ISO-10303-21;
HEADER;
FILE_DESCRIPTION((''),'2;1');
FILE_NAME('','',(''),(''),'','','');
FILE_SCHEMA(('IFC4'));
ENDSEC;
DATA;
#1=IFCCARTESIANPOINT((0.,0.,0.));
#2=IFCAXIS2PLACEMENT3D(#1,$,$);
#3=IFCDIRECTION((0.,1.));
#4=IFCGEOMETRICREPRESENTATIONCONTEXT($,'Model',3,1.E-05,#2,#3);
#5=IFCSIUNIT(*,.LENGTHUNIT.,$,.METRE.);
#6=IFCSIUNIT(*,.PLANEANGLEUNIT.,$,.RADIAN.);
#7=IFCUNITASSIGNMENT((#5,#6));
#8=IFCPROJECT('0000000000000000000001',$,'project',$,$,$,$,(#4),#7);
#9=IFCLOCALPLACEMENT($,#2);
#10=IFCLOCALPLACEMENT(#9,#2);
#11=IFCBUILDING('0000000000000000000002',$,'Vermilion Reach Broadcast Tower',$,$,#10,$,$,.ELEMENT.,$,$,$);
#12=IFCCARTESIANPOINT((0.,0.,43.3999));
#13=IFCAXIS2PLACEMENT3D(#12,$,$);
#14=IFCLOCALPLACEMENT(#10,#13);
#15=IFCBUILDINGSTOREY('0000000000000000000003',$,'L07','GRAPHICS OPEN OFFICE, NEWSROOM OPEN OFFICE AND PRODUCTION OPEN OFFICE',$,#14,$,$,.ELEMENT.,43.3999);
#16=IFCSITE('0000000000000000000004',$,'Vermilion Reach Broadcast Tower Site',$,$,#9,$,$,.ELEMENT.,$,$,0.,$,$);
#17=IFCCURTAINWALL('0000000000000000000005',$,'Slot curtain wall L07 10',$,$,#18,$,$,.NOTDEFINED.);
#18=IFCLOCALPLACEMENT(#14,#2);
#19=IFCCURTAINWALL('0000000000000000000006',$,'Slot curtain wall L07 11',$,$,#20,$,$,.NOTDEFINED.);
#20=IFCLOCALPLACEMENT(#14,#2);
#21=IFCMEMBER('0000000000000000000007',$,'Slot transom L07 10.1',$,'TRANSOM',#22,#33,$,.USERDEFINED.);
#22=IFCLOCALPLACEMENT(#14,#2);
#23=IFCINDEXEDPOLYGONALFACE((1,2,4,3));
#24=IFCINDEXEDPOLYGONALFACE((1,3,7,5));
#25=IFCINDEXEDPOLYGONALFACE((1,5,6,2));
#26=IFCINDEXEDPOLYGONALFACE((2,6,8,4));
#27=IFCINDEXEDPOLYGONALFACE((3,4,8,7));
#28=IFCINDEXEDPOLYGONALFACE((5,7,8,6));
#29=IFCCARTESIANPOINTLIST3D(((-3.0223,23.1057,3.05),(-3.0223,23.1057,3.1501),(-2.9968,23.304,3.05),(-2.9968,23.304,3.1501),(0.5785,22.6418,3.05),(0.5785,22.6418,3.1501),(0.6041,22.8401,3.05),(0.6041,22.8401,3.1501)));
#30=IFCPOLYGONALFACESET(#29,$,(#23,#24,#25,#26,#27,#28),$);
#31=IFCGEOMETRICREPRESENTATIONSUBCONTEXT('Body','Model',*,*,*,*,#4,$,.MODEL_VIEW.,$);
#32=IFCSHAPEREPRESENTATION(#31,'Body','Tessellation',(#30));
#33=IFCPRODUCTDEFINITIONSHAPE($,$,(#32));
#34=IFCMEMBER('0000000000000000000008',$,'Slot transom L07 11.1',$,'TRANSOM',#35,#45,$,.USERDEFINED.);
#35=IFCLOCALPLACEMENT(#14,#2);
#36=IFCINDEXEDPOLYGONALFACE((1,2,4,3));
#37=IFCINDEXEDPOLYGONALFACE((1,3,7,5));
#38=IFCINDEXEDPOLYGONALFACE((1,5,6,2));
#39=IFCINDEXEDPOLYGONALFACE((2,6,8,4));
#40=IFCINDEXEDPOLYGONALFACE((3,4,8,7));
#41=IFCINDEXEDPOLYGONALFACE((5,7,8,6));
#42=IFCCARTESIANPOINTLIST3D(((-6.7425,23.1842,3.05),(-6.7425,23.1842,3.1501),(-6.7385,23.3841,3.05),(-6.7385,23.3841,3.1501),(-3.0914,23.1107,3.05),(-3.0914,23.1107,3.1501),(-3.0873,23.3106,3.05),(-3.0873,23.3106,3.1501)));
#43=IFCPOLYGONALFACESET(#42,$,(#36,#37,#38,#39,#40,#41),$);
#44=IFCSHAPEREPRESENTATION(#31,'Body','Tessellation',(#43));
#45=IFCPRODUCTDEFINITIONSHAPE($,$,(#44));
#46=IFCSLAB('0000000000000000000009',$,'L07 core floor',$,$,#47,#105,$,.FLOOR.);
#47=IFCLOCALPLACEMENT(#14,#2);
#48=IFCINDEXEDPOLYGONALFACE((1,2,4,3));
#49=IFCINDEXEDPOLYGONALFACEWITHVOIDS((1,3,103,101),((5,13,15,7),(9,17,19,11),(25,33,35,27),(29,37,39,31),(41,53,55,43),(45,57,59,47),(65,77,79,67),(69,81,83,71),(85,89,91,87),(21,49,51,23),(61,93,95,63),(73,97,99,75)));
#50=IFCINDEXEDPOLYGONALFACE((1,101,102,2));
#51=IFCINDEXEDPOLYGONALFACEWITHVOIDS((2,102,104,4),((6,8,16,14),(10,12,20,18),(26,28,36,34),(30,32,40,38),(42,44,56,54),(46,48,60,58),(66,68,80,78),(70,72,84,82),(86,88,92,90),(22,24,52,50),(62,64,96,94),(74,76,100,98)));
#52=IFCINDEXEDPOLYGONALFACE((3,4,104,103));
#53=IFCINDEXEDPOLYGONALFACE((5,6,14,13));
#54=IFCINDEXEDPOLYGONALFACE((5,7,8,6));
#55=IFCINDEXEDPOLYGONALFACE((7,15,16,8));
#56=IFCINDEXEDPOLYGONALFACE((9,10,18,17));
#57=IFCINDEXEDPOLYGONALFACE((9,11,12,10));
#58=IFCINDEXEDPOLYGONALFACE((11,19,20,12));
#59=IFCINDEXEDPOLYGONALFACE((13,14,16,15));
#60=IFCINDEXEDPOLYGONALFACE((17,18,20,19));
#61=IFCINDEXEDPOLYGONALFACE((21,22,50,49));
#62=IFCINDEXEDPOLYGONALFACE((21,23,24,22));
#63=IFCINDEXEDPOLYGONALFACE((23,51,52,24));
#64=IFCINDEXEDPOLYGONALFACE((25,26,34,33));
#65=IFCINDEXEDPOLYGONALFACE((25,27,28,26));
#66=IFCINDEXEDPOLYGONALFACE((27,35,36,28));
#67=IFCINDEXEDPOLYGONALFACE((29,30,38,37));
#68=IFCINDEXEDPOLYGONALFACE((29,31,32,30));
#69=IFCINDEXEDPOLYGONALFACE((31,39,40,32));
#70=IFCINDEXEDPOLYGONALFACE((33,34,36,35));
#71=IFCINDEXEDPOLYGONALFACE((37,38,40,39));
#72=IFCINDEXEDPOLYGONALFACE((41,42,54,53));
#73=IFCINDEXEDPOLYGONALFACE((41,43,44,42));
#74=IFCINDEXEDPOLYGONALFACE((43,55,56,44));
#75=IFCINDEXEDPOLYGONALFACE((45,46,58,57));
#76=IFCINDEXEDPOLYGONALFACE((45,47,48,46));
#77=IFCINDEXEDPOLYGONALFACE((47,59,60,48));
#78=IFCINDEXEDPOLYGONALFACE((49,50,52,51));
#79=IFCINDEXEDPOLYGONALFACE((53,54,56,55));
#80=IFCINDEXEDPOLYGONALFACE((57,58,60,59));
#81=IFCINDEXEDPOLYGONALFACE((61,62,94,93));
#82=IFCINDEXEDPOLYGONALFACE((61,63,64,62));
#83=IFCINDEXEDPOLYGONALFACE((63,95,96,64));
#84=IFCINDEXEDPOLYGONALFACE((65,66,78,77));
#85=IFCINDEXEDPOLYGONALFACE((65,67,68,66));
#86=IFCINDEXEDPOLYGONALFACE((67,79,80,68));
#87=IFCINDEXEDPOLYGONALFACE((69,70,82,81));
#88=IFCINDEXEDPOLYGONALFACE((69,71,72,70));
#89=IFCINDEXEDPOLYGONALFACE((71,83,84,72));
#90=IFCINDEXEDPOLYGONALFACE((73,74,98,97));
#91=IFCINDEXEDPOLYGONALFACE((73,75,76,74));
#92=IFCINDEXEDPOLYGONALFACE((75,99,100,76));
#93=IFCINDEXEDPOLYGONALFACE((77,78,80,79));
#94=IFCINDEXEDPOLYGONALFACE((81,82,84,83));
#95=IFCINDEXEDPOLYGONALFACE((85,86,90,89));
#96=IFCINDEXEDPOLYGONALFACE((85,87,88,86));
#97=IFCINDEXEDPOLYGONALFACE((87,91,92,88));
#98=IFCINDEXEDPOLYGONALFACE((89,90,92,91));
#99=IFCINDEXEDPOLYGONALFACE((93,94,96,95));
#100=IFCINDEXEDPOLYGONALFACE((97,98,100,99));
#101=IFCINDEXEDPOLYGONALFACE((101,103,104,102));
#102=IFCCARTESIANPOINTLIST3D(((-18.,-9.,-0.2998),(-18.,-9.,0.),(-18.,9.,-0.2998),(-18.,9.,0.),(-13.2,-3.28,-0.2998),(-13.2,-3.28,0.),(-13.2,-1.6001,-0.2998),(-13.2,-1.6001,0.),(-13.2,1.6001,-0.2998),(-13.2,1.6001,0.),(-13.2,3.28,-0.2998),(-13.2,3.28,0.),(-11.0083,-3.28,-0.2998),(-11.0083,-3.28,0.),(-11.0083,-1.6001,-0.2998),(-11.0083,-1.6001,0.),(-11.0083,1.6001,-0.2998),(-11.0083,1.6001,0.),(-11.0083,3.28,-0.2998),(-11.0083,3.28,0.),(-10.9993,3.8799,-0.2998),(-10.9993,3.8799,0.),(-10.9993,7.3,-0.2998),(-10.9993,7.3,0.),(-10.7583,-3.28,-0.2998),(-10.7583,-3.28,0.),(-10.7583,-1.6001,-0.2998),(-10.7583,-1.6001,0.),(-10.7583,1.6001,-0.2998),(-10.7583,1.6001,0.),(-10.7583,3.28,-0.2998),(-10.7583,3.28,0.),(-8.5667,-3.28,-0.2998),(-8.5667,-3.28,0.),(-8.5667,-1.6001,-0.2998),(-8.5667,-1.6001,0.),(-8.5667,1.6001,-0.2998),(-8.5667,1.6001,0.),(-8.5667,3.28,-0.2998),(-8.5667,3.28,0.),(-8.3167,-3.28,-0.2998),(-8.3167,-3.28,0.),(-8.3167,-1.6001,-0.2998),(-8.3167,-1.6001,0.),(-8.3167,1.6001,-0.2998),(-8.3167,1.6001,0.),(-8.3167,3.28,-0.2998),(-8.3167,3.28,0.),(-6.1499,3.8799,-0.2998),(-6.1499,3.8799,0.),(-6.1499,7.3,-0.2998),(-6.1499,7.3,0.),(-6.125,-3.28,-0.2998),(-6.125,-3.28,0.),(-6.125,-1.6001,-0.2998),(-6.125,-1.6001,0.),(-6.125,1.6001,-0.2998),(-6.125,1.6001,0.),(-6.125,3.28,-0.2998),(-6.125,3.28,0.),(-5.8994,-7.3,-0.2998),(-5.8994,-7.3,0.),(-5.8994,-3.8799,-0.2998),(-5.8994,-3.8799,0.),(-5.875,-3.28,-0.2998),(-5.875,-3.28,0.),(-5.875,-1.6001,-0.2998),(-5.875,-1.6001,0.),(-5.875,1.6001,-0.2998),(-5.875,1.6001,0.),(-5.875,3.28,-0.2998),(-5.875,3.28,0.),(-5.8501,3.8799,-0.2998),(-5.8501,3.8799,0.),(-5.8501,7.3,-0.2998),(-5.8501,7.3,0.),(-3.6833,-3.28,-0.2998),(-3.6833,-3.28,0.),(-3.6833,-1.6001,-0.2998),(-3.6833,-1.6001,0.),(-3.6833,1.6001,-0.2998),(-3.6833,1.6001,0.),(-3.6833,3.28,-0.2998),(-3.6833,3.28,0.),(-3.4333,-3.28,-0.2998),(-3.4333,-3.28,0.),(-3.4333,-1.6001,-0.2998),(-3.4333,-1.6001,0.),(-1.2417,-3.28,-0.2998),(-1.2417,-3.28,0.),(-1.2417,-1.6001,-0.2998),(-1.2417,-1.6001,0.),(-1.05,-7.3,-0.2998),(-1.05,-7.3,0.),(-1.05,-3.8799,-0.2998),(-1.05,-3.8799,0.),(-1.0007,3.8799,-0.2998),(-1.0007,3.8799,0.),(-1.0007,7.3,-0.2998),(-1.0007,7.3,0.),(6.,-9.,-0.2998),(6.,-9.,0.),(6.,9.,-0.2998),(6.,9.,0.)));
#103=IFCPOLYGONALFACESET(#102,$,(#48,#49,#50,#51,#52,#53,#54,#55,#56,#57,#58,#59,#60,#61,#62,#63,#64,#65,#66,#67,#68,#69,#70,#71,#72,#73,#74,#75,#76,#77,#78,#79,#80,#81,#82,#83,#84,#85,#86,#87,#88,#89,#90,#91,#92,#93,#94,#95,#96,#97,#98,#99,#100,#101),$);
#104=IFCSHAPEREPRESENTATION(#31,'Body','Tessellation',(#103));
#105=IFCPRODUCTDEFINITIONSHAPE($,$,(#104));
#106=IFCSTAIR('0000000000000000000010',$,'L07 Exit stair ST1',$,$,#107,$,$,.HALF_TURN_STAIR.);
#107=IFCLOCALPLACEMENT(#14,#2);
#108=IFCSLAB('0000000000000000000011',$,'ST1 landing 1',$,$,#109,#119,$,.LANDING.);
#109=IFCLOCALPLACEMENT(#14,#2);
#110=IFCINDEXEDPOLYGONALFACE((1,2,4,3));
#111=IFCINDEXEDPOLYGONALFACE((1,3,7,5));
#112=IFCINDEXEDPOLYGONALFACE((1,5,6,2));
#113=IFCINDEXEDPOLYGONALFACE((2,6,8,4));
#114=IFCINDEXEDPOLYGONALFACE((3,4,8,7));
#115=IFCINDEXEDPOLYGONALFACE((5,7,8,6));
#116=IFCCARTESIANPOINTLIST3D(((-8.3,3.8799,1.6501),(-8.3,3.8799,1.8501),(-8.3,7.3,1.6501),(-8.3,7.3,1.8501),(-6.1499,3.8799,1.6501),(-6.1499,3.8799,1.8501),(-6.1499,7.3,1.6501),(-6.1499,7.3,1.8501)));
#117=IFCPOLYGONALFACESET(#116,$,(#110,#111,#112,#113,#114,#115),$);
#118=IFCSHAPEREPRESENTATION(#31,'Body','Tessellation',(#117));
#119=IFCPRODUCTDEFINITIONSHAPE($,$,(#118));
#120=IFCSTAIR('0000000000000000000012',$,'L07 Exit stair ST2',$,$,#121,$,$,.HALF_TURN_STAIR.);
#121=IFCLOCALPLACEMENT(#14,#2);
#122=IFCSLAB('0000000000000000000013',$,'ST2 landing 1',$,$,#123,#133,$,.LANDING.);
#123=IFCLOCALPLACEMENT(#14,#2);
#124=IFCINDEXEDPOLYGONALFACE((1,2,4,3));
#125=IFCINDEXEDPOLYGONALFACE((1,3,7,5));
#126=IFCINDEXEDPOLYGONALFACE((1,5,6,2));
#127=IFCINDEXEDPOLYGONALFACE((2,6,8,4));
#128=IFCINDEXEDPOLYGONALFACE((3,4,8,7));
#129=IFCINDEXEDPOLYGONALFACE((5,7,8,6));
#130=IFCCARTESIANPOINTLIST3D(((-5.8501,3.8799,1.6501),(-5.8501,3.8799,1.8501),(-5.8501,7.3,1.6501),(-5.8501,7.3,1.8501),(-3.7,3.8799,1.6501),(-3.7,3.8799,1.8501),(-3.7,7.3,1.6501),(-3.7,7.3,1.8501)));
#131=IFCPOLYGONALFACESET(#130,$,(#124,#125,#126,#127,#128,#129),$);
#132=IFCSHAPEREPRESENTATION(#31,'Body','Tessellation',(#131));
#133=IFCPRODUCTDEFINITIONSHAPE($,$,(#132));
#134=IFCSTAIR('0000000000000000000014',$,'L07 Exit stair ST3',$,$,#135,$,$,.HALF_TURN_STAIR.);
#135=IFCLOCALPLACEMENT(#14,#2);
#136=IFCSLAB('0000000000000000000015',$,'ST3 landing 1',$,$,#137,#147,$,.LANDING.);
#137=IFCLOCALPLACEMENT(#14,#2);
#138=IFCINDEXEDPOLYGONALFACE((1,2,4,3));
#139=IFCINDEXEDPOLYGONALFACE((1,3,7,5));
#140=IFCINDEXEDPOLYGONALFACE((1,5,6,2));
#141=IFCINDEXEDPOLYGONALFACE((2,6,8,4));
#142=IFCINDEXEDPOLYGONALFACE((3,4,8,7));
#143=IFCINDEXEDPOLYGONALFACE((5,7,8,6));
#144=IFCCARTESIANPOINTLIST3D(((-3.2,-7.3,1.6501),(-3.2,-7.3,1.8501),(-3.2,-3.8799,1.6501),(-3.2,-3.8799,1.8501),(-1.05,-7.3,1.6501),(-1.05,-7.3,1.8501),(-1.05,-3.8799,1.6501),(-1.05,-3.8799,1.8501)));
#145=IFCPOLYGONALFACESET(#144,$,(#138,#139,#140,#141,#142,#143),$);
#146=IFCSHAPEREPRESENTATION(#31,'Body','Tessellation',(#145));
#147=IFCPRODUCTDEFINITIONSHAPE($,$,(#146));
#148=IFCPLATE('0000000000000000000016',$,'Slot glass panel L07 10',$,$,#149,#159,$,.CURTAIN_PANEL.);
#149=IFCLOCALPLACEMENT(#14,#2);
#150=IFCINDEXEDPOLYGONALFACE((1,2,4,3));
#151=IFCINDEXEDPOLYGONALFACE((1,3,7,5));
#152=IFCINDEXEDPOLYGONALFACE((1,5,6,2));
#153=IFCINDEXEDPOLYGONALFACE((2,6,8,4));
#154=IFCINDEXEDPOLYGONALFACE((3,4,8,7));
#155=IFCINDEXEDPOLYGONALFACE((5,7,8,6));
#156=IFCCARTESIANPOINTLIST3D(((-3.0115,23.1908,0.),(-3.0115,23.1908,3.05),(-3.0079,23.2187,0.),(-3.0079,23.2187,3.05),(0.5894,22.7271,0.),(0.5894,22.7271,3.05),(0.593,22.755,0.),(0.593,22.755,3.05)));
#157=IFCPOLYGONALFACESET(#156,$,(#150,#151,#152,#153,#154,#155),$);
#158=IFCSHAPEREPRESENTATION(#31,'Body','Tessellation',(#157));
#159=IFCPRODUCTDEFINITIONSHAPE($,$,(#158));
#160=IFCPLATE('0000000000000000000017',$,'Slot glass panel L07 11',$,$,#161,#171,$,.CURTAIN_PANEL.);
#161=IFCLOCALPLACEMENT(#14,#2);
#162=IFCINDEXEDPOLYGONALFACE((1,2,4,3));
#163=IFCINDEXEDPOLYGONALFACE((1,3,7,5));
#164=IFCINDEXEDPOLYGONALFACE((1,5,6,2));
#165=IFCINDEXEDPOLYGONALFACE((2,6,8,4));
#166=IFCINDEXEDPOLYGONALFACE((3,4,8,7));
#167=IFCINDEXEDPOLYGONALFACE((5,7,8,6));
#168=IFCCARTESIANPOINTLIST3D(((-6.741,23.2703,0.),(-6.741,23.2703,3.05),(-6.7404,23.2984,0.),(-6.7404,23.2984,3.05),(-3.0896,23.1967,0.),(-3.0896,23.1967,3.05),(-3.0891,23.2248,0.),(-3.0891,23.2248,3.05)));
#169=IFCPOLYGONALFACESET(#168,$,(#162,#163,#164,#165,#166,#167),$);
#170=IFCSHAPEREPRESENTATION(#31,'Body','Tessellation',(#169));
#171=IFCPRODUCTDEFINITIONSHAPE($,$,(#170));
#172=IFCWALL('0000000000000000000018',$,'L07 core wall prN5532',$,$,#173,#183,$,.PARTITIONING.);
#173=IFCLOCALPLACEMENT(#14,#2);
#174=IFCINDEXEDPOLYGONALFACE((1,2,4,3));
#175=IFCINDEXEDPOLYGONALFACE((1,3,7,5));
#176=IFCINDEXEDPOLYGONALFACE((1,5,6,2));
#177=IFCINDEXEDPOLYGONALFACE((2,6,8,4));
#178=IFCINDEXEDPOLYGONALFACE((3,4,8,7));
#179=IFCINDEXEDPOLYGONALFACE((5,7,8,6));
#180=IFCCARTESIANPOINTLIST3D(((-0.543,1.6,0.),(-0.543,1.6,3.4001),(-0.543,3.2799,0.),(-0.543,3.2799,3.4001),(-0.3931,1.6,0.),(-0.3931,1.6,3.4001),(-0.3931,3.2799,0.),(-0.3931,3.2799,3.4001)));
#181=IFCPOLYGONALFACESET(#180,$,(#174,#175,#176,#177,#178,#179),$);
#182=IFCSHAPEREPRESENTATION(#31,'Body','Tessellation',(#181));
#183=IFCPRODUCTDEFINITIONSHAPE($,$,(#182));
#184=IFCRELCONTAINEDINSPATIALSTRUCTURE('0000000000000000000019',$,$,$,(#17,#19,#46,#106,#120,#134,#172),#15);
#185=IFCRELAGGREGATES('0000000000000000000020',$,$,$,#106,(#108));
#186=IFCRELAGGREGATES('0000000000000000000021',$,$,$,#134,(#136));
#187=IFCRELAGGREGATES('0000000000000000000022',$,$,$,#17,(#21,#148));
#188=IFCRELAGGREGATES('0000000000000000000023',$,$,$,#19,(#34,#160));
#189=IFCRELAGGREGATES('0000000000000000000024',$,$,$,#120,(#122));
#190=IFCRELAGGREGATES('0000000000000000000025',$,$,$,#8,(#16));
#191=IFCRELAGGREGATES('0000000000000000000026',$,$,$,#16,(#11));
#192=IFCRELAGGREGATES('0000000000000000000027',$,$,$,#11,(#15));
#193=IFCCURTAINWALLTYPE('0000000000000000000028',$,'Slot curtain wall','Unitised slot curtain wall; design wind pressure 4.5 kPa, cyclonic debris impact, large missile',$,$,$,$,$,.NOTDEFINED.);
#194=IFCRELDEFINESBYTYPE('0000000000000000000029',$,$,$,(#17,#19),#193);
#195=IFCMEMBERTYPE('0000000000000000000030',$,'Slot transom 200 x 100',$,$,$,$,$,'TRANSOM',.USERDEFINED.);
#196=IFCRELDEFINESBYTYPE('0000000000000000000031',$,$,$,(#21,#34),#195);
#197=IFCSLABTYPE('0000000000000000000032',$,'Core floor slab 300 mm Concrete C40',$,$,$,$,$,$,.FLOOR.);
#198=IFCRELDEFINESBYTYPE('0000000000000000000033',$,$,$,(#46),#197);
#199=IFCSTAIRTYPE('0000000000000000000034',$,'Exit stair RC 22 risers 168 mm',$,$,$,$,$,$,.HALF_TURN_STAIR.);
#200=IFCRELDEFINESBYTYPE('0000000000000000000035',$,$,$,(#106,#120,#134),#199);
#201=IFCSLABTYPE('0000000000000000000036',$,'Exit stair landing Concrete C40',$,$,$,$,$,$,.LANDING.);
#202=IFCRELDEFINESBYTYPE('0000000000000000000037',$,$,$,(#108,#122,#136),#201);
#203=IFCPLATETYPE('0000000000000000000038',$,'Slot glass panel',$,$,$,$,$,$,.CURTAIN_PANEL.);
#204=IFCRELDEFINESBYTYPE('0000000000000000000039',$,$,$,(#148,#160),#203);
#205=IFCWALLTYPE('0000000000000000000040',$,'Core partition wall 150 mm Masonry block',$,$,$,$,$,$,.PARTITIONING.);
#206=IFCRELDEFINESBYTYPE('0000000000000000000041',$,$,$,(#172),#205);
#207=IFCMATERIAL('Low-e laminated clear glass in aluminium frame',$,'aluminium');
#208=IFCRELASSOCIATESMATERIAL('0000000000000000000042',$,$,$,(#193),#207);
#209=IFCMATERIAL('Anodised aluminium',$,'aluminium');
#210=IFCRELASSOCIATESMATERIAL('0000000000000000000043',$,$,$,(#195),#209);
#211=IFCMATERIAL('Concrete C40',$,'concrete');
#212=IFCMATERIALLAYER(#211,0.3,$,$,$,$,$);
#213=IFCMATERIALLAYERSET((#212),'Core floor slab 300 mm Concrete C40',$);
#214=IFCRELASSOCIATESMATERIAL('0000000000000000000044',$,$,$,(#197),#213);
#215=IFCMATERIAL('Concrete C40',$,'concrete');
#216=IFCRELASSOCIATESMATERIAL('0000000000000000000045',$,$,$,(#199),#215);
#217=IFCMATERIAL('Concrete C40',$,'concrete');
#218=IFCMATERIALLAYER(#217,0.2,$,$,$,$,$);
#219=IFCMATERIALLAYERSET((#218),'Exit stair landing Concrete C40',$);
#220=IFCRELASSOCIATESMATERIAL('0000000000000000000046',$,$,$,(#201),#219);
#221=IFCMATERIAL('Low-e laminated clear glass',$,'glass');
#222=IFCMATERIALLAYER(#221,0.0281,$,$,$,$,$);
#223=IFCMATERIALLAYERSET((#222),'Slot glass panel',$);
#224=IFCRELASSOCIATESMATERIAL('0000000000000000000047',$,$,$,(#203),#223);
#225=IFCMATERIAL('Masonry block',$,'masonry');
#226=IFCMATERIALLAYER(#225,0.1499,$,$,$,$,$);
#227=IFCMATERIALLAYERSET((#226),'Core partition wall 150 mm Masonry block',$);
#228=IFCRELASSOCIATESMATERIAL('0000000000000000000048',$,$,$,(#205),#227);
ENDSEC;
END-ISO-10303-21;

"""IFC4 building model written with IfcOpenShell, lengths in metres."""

from ifc_helpers import new_model, si_unit, direction, frame, frame_2d, origin, origin_2d, place, context, subcontext, project, spatial, polyline, rectangle, outline, extrude, material, layer, layer_set, material_profile, profile_set, type_object, element, aggregate, save


model = new_model("IFC4")

# Units and contexts
model_context = context("Model", 3, precision=1e-05, world=origin(), true_north=direction((0.0, 1.0)))
body_context = subcontext(model_context, "Body", "Model", "MODEL_VIEW")
ifc_project = project(units=[si_unit("LENGTHUNIT", "METRE"), si_unit("PLANEANGLEUNIT", "RADIAN")], contexts=[model_context])

# Site, building, storey
site_placement = place(None, origin())
site = spatial("IfcSite", under=ifc_project, at=site_placement, Name="Vermilion Reach Broadcast Tower Site", CompositionType="ELEMENT", RefElevation=0.0)
building_placement = place(site_placement, origin())
building = spatial("IfcBuilding", under=site, at=building_placement, Name="Vermilion Reach Broadcast Tower", CompositionType="ELEMENT")
storey_placement = place(building_placement, frame((0.0, 0.0, 43.3999)))
storey = spatial("IfcBuildingStorey", under=building, at=storey_placement, Name="L07", Description="GRAPHICS OPEN OFFICE, NEWSROOM OPEN OFFICE AND PRODUCTION OPEN OFFICE", CompositionType="ELEMENT", Elevation=43.3999)

# Curtain walls
ifc_material_1 = material(Name="Low-e laminated clear glass in aluminium frame", Category="aluminium")
curtain_wall_type = type_object("IfcCurtainWallType", Name="Slot curtain wall", Description="Unitised slot curtain wall; design wind pressure 4.5 kPa, cyclonic debris impact, large missile", PredefinedType="NOTDEFINED", material=ifc_material_1)
placement_1 = place(storey_placement, origin())
curtain_wall_1 = element("IfcCurtainWall", 1, at=placement_1, inside=storey, type_object=curtain_wall_type, Name="Slot curtain wall L07 10", PredefinedType="NOTDEFINED")
curtain_wall_2 = element("IfcCurtainWall", 2, at=placement_1, inside=storey, type_object=curtain_wall_type, Name="Slot curtain wall L07 11", PredefinedType="NOTDEFINED")

# Members
ifc_material_2 = material(Name="Anodised aluminium", Category="aluminium")
ifc_material_profile_1 = material_profile(ifc_material_2, rectangle(XDim=0.2, YDim=0.1001, at=origin_2d()), Name="Slot transom 200 x 100")
ifc_profile_set_1 = profile_set([ifc_material_profile_1], Name="Anodised aluminium")
member_type_1 = type_object("IfcMemberType", Name="Slot transom 200 x 100", ElementType="TRANSOM", PredefinedType="USERDEFINED", material=ifc_profile_set_1)
member_1_placement = place(storey_placement, frame((0.5913, 22.741, 3.1001), z_axis=(-0.991804, 0.127767, 0.0), x_axis=(-0.127767, -0.991804, 0.0)))
member_1 = element("IfcMember", 3, at=member_1_placement, type_object=member_type_1, Name="Slot transom L07 10.1", ObjectType="TRANSOM", PredefinedType="USERDEFINED", context=body_context, shape_type="SweptSolid", body=[
    extrude(rectangle(XDim=0.2, YDim=0.1001, at=origin_2d()), origin(), (0.0, 0.0, 1.0), 3.6306),
])
member_2_placement = place(storey_placement, frame((-3.0894, 23.2107, 3.1001), z_axis=(-0.999798, 0.020123, 0.0), x_axis=(-0.020123, -0.999798, 0.0)))
member_2 = element("IfcMember", 4, at=member_2_placement, type_object=member_type_1, Name="Slot transom L07 11.1", ObjectType="TRANSOM", PredefinedType="USERDEFINED", context=body_context, shape_type="SweptSolid", body=[
    extrude(rectangle(XDim=0.2, YDim=0.1001, at=origin_2d()), origin(), (0.0, 0.0, 1.0), 3.6519),
])

# Slab
ifc_material_3 = material(Name="Concrete C40", Category="concrete")
ifc_layer_1 = layer(ifc_material_3, 0.3)
ifc_layer_set_1 = layer_set([ifc_layer_1], Name="Core floor slab 300 mm Concrete C40")
slab_type_1 = type_object("IfcSlabType", Name="Core floor slab 300 mm Concrete C40", PredefinedType="FLOOR", material=ifc_layer_set_1)
slab_1_placement = place(storey_placement, frame((0.0, 0.0, -0.2998)))
element("IfcSlab", 5, at=slab_1_placement, inside=storey, type_object=slab_type_1, Name="L07 core floor", PredefinedType="FLOOR", context=body_context, shape_type="SweptSolid", body=[
    extrude(outline(polyline([(-18.0, -9.0), (6.0, -9.0), (6.0, 9.0), (-18.0, 9.0), (-18.0, -9.0)]), holes=[polyline([(-13.2, 1.6001), (-11.0083, 1.6001), (-11.0083, 3.28), (-13.2, 3.28), (-13.2, 1.6001)]), polyline([(-10.7583, 1.6001), (-8.5667, 1.6001), (-8.5667, 3.28), (-10.7583, 3.28), (-10.7583, 1.6001)]), polyline([(-8.3167, 1.6001), (-6.125, 1.6001), (-6.125, 3.28), (-8.3167, 3.28), (-8.3167, 1.6001)]), polyline([(-5.875, 1.6001), (-3.6833, 1.6001), (-3.6833, 3.28), (-5.875, 3.28), (-5.875, 1.6001)]), polyline([(-13.2, -3.28), (-11.0083, -3.28), (-11.0083, -1.6001), (-13.2, -1.6001), (-13.2, -3.28)]), polyline([(-10.7583, -3.28), (-8.5667, -3.28), (-8.5667, -1.6001), (-10.7583, -1.6001), (-10.7583, -3.28)]), polyline([(-8.3167, -3.28), (-6.125, -3.28), (-6.125, -1.6001), (-8.3167, -1.6001), (-8.3167, -3.28)]), polyline([(-5.875, -3.28), (-3.6833, -3.28), (-3.6833, -1.6001), (-5.875, -1.6001), (-5.875, -3.28)]), polyline([(-3.4333, -3.28), (-1.2417, -3.28), (-1.2417, -1.6001), (-3.4333, -1.6001), (-3.4333, -3.28)]), polyline([(-10.9993, 3.8799), (-6.1499, 3.8799), (-6.1499, 7.3), (-10.9993, 7.3), (-10.9993, 3.8799)]), polyline([(-1.0007, 7.3), (-5.8501, 7.3), (-5.8501, 3.8799), (-1.0007, 3.8799), (-1.0007, 7.3)]), polyline([(-5.8994, -7.3), (-1.05, -7.3), (-1.05, -3.8799), (-5.8994, -3.8799), (-5.8994, -7.3)])]), origin(), (0.0, 0.0, 1.0), 0.2998),
])

# Stairs, slabs
ifc_material_4 = material(Name="Concrete C40", Category="concrete")
stair_type = type_object("IfcStairType", Name="Exit stair RC 22 risers 168 mm", PredefinedType="HALF_TURN_STAIR", material=ifc_material_4)
stair_1 = element("IfcStair", 6, at=placement_1, inside=storey, type_object=stair_type, Name="L07 Exit stair ST1", PredefinedType="HALF_TURN_STAIR")
ifc_material_5 = material(Name="Concrete C40", Category="concrete")
ifc_layer_2 = layer(ifc_material_5, 0.2)
ifc_layer_set_2 = layer_set([ifc_layer_2], Name="Exit stair landing Concrete C40")
slab_type_2 = type_object("IfcSlabType", Name="Exit stair landing Concrete C40", PredefinedType="LANDING", material=ifc_layer_set_2)
placement_2 = place(storey_placement, frame((0.0, 0.0, 1.6501)))
slab_2 = element("IfcSlab", 7, at=placement_2, type_object=slab_type_2, Name="ST1 landing 1", PredefinedType="LANDING", context=body_context, shape_type="SweptSolid", body=[
    extrude(outline(polyline([(-8.3, 3.8799), (-6.1499, 3.8799), (-6.1499, 7.3), (-8.3, 7.3), (-8.3, 3.8799)])), origin(), (0.0, 0.0, 1.0), 0.2),
])
aggregate(stair_1, [slab_2])
stair_2 = element("IfcStair", 8, at=placement_1, inside=storey, type_object=stair_type, Name="L07 Exit stair ST2", PredefinedType="HALF_TURN_STAIR")
slab_3 = element("IfcSlab", 9, at=placement_2, type_object=slab_type_2, Name="ST2 landing 1", PredefinedType="LANDING", context=body_context, shape_type="SweptSolid", body=[
    extrude(outline(polyline([(-3.7, 7.3), (-5.8501, 7.3), (-5.8501, 3.8799), (-3.7, 3.8799), (-3.7, 7.3)])), origin(), (0.0, 0.0, 1.0), 0.2),
])
stair_3 = element("IfcStair", 10, at=placement_1, inside=storey, type_object=stair_type, Name="L07 Exit stair ST3", PredefinedType="HALF_TURN_STAIR")
slab_4 = element("IfcSlab", 11, at=placement_2, type_object=slab_type_2, Name="ST3 landing 1", PredefinedType="LANDING", context=body_context, shape_type="SweptSolid", body=[
    extrude(outline(polyline([(-3.2, -7.3), (-1.05, -7.3), (-1.05, -3.8799), (-3.2, -3.8799), (-3.2, -7.3)])), origin(), (0.0, 0.0, 1.0), 0.2),
])
aggregate(stair_3, [slab_4])

# Plates
ifc_material_6 = material(Name="Low-e laminated clear glass", Category="glass")
ifc_layer_3 = layer(ifc_material_6, 0.0281)
ifc_layer_set_3 = layer_set([ifc_layer_3], Name="Slot glass panel")
plate_type = type_object("IfcPlateType", Name="Slot glass panel", PredefinedType="CURTAIN_PANEL", material=ifc_layer_set_3)
plate_1_placement = place(storey_placement, frame((-1.2092, 22.9729, 0.0), z_axis=(0.0, 0.0, 1.0), x_axis=(-0.991811, 0.127714, 0.0)))
plate_1 = element("IfcPlate", 12, at=plate_1_placement, type_object=plate_type, Name="Slot glass panel L07 10", PredefinedType="CURTAIN_PANEL", context=body_context, shape_type="SweptSolid", body=[
    extrude(rectangle(XDim=3.6306, YDim=0.0281, at=origin_2d()), origin(), (0.0, 0.0, 1.0), 3.05),
])
aggregate(curtain_wall_1, [member_1, plate_1])
plate_2_placement = place(storey_placement, frame((-4.915, 23.2476, 0.0), z_axis=(0.0, 0.0, 1.0), x_axis=(-0.999797, 0.020146, 0.0)))
plate_2 = element("IfcPlate", 13, at=plate_2_placement, type_object=plate_type, Name="Slot glass panel L07 11", PredefinedType="CURTAIN_PANEL", context=body_context, shape_type="SweptSolid", body=[
    extrude(rectangle(XDim=3.6521, YDim=0.0281, at=origin_2d()), origin(), (0.0, 0.0, 1.0), 3.05),
])
aggregate(curtain_wall_2, [member_2, plate_2])

# Wall
ifc_material_7 = material(Name="Masonry block", Category="masonry")
ifc_layer_4 = layer(ifc_material_7, 0.1499)
ifc_layer_set_4 = layer_set([ifc_layer_4], Name="Core partition wall 150 mm Masonry block")
wall_type_1 = type_object("IfcWallType", Name="Core partition wall 150 mm Masonry block", PredefinedType="PARTITIONING", material=ifc_layer_set_4)
wall_1_placement = place(storey_placement, frame((-0.468, 1.6001, 0.0), z_axis=(0.0, 0.0, 1.0), x_axis=(0.0, 1.0, 0.0)))
element("IfcWall", 14, at=wall_1_placement, inside=storey, type_object=wall_type_1, Name="L07 core wall prN5532", PredefinedType="PARTITIONING", context=body_context, shape_type="SweptSolid", body=[
    extrude(rectangle(XDim=1.6799, YDim=0.1499, at=frame_2d((0.8398, 0.0))), origin(), (0.0, 0.0, 1.0), 3.4001),
])

aggregate(stair_2, [slab_3])

save(model, "model.ifc")
